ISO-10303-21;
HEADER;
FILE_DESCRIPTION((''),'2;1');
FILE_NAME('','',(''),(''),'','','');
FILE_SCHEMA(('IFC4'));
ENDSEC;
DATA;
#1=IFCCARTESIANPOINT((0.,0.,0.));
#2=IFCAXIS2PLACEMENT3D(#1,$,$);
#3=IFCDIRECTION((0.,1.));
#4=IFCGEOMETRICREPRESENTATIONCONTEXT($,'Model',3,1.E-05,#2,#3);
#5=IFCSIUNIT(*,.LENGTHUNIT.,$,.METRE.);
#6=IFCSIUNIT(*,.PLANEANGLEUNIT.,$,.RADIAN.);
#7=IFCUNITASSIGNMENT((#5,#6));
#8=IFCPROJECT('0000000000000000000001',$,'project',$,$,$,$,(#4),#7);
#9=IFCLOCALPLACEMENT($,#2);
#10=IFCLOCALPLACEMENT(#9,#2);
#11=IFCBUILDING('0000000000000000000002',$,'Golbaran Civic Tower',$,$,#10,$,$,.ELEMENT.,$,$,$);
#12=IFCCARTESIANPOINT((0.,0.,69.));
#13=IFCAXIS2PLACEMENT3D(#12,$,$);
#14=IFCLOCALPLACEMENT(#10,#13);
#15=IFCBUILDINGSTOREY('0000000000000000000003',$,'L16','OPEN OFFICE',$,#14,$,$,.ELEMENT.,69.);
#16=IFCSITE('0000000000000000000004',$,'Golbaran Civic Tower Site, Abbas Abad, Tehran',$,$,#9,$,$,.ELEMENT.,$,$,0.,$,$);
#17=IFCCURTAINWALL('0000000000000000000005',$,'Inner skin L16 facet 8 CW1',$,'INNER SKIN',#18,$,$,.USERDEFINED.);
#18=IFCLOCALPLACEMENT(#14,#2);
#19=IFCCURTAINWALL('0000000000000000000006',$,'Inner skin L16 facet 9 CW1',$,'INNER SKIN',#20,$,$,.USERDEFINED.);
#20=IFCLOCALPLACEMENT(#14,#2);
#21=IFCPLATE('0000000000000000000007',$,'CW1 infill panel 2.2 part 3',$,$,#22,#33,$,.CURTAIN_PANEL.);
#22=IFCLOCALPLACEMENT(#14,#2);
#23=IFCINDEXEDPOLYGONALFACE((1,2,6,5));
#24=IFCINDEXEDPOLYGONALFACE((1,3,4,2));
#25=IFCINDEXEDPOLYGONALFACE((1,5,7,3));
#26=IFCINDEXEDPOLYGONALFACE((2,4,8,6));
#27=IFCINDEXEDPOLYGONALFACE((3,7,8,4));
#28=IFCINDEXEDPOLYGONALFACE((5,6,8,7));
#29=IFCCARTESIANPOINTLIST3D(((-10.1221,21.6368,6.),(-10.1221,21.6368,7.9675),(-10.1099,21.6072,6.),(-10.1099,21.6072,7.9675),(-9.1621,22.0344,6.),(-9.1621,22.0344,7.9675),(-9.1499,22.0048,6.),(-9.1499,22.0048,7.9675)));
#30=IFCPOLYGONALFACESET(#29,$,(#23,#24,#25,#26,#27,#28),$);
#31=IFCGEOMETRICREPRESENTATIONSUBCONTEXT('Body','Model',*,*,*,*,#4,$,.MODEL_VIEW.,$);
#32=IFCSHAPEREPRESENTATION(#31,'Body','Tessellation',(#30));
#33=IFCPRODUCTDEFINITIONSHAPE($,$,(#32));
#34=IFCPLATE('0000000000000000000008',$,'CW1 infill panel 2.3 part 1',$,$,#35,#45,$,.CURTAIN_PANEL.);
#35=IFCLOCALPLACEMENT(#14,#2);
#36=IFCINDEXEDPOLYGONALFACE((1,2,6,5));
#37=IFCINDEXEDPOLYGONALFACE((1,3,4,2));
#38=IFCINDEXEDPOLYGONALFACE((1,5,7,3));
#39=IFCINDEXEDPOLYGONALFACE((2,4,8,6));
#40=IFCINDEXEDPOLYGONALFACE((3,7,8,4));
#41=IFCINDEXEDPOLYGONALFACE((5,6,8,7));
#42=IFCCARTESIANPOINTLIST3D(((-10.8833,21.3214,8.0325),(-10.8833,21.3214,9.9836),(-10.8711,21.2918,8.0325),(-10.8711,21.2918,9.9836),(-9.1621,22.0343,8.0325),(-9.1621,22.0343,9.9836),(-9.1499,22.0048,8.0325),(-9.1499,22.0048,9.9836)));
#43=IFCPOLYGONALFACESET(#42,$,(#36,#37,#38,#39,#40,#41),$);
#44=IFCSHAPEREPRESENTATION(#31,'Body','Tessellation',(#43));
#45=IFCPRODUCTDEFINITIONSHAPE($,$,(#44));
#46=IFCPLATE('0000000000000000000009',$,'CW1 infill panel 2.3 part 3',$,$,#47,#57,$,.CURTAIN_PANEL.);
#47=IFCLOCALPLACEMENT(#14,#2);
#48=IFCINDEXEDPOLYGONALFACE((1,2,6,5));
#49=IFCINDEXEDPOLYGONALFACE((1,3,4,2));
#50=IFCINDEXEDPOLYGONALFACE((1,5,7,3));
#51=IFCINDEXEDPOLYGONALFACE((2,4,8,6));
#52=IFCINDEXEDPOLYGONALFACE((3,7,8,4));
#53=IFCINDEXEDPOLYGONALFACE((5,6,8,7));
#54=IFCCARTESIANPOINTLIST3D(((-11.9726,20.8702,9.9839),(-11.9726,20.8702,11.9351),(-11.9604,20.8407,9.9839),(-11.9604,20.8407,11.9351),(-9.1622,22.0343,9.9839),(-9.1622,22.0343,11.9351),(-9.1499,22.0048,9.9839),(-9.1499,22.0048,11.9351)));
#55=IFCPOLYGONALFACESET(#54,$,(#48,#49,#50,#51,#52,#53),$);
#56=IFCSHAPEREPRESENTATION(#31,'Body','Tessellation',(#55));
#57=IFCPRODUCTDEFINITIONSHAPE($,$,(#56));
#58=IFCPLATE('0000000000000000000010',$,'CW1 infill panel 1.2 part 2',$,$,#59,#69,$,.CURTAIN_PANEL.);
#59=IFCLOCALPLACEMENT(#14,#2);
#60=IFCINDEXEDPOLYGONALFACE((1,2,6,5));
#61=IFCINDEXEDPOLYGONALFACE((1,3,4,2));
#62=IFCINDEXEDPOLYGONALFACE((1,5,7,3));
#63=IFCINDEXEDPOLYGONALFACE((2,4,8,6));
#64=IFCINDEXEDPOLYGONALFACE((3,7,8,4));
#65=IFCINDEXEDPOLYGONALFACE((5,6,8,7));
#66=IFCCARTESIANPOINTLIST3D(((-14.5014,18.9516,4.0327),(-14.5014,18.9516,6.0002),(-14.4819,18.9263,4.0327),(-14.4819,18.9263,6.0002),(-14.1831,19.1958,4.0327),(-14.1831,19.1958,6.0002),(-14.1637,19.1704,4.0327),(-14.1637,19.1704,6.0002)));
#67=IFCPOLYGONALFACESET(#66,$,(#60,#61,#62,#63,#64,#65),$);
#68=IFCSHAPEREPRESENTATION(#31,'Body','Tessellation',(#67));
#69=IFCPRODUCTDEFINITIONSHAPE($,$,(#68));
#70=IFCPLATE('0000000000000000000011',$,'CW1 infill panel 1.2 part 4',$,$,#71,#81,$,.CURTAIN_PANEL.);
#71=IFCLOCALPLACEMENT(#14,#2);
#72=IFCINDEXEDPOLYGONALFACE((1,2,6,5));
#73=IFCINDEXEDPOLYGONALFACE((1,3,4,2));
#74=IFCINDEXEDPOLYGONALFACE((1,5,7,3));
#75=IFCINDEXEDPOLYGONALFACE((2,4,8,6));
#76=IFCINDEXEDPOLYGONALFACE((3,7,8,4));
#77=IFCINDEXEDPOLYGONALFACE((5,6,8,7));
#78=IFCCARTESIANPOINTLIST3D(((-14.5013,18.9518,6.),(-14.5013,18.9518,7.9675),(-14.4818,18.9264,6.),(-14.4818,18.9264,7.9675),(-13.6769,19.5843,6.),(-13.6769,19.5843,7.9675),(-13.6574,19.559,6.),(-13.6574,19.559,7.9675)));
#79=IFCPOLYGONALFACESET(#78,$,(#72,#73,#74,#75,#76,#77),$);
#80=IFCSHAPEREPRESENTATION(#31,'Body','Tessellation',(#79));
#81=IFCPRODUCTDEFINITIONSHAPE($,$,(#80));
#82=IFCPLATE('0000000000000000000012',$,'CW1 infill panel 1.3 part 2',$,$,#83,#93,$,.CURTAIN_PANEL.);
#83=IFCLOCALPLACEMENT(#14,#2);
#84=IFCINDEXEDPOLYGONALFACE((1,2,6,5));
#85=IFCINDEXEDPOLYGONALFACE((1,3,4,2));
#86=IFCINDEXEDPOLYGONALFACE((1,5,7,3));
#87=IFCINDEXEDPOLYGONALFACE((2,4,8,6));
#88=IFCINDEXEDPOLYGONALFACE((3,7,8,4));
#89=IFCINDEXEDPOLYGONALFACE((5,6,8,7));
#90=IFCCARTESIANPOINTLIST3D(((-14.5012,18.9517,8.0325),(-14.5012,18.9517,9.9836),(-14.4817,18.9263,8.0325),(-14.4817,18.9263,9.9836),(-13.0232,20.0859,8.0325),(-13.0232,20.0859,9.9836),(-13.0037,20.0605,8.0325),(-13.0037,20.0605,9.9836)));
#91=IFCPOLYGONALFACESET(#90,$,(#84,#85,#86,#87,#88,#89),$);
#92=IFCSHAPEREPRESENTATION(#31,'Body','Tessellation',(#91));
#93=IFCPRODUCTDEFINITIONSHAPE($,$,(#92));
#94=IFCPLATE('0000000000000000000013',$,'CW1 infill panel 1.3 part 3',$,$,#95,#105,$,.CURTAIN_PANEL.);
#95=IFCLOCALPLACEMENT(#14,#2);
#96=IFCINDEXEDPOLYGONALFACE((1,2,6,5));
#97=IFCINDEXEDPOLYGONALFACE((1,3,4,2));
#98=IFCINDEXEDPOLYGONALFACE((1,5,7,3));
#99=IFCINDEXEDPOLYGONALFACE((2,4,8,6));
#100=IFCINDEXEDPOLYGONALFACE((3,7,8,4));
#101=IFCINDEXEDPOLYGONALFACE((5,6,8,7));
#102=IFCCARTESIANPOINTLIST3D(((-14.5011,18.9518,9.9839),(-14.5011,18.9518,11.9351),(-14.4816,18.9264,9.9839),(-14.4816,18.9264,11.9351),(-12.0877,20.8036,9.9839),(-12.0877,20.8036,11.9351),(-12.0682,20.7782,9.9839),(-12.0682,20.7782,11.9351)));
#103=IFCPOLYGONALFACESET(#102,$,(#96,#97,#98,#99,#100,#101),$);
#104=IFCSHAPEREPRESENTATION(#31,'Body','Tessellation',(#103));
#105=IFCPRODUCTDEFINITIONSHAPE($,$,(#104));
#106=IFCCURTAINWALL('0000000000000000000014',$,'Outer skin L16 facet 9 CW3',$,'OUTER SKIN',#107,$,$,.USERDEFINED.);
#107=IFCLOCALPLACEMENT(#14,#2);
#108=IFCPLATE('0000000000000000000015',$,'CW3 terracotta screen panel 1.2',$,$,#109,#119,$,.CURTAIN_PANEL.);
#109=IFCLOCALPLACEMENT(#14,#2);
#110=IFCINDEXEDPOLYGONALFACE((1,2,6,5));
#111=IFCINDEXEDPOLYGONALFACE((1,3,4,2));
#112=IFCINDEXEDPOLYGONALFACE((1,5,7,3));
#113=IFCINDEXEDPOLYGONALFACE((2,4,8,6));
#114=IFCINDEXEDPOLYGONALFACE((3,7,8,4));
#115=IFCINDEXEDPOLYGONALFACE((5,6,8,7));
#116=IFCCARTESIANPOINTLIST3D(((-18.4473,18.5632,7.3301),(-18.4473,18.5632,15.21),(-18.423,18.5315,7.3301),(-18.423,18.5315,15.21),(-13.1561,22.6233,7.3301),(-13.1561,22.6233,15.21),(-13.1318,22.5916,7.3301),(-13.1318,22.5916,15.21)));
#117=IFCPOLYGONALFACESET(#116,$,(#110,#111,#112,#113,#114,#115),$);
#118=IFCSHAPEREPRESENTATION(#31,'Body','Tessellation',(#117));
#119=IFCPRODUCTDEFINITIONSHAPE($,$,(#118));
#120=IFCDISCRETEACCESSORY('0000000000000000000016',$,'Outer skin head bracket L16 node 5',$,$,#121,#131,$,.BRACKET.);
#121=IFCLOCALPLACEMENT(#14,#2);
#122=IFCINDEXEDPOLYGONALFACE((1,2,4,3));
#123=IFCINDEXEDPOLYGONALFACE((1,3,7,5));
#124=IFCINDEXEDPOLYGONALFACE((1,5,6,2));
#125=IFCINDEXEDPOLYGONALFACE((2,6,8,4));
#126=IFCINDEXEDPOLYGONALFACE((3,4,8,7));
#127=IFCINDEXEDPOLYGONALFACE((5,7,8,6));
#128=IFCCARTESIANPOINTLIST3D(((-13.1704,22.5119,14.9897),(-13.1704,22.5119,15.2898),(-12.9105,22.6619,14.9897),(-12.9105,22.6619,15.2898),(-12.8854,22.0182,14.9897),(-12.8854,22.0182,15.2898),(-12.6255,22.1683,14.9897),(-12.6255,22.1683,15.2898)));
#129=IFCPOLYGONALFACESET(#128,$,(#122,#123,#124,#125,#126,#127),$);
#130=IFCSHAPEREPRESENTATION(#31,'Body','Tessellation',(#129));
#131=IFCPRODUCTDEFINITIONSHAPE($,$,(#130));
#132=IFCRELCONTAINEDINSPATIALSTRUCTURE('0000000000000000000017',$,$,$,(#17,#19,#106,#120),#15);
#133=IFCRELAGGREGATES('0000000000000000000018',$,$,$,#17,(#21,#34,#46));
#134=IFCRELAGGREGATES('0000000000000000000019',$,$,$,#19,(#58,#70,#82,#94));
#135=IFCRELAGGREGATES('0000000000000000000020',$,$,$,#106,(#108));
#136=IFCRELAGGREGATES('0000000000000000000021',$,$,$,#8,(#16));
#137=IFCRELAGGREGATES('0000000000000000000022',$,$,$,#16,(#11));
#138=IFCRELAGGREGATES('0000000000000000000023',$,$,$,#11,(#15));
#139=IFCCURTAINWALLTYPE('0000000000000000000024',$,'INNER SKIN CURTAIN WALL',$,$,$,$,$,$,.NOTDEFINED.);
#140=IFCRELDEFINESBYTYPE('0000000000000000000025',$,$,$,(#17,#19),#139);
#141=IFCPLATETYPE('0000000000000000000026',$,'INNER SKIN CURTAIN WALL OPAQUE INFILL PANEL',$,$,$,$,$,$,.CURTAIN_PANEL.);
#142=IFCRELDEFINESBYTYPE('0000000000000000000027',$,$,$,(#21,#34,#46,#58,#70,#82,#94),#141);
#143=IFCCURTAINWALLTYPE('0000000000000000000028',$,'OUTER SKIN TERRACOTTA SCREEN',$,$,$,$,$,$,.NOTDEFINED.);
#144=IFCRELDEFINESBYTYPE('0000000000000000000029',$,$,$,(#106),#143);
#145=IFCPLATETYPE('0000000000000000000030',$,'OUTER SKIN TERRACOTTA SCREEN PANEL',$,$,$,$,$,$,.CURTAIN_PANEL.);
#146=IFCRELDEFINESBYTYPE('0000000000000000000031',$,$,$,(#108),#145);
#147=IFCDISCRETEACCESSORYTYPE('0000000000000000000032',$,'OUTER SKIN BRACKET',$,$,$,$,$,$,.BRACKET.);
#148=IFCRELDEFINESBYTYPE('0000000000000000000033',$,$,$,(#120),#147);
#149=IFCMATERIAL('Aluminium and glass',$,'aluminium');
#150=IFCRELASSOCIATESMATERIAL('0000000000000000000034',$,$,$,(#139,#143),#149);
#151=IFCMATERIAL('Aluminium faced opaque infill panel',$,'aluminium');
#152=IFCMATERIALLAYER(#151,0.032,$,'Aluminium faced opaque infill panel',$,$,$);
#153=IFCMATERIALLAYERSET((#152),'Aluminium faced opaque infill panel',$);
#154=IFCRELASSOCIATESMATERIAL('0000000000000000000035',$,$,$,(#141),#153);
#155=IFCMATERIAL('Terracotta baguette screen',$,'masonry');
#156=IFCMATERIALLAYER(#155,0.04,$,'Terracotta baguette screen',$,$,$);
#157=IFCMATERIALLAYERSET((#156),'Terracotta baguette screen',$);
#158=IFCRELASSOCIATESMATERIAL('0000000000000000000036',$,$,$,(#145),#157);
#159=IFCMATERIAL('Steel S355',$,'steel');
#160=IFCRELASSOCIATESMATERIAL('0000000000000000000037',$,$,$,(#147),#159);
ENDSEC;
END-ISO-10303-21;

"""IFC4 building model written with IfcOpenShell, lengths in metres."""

from ifc_helpers import new_model, si_unit, direction, frame, origin, origin_2d, place, context, subcontext, project, spatial, rectangle, extrude, material, layer, layer_set, type_object, element, aggregate, save


model = new_model("IFC4")

# Units and contexts
model_context = context("Model", 3, precision=1e-05, world=origin(), true_north=direction((0.0, 1.0)))
body_context = subcontext(model_context, "Body", "Model", "MODEL_VIEW")
ifc_project = project(units=[si_unit("LENGTHUNIT", "METRE"), si_unit("PLANEANGLEUNIT", "RADIAN")], contexts=[model_context])

# Site, building, storey
site_placement = place(None, origin())
site = spatial("IfcSite", under=ifc_project, at=site_placement, Name="Golbaran Civic Tower Site, Abbas Abad, Tehran", CompositionType="ELEMENT", RefElevation=0.0)
building_placement = place(site_placement, origin())
building = spatial("IfcBuilding", under=site, at=building_placement, Name="Golbaran Civic Tower", CompositionType="ELEMENT")
storey_placement = place(building_placement, frame((0.0, 0.0, 69.0)))
storey = spatial("IfcBuildingStorey", under=building, at=storey_placement, Name="L16", Description="OPEN OFFICE", CompositionType="ELEMENT", Elevation=69.0)

# Curtain walls
ifc_material_1 = material(Name="Aluminium and glass", Category="aluminium")
curtain_wall_type_1 = type_object("IfcCurtainWallType", Name="INNER SKIN CURTAIN WALL", PredefinedType="NOTDEFINED", material=ifc_material_1)
curtain_wall_1_placement = place(storey_placement, origin())
curtain_wall_1 = element("IfcCurtainWall", 1, at=curtain_wall_1_placement, inside=storey, type_object=curtain_wall_type_1, Name="Inner skin L16 facet 8 CW1", ObjectType="INNER SKIN", PredefinedType="USERDEFINED")
curtain_wall_2_placement = place(storey_placement, origin())
curtain_wall_2 = element("IfcCurtainWall", 2, at=curtain_wall_2_placement, inside=storey, type_object=curtain_wall_type_1, Name="Inner skin L16 facet 9 CW1", ObjectType="INNER SKIN", PredefinedType="USERDEFINED")

# Plates
ifc_material_2 = material(Name="Aluminium faced opaque infill panel", Category="aluminium")
ifc_layer_1 = layer(ifc_material_2, 0.032, Name="Aluminium faced opaque infill panel")
ifc_layer_set_1 = layer_set([ifc_layer_1], Name="Aluminium faced opaque infill panel")
plate_type_1 = type_object("IfcPlateType", Name="INNER SKIN CURTAIN WALL OPAQUE INFILL PANEL", PredefinedType="CURTAIN_PANEL", material=ifc_layer_set_1)
plate_1_placement = place(storey_placement, frame((-9.636, 21.8208, 6.0), z_axis=(0.0, 0.0, 1.0), x_axis=(-0.92388, -0.382683, 0.0)))
plate_1 = element("IfcPlate", 3, at=plate_1_placement, type_object=plate_type_1, Name="CW1 infill panel 2.2 part 3", PredefinedType="CURTAIN_PANEL", context=body_context, shape_type="SweptSolid", body=[
    extrude(rectangle(XDim=1.0391, YDim=0.032, at=origin_2d()), origin(), (0.0, 0.0, 1.0), 1.9675),
])
plate_2_placement = place(storey_placement, frame((-10.0166, 21.6631, 8.0325), z_axis=(0.0, 0.0, 1.0), x_axis=(-0.92388, -0.382683, 0.0)))
plate_2 = element("IfcPlate", 4, at=plate_2_placement, type_object=plate_type_1, Name="CW1 infill panel 2.3 part 1", PredefinedType="CURTAIN_PANEL", context=body_context, shape_type="SweptSolid", body=[
    extrude(rectangle(XDim=1.863, YDim=0.032, at=origin_2d()), origin(), (0.0, 0.0, 1.0), 1.9512),
])
plate_3_placement = place(storey_placement, frame((-10.5613, 21.4375, 9.9839), z_axis=(0.0, 0.0, 1.0), x_axis=(-0.92388, -0.382683, 0.0)))
plate_3 = element("IfcPlate", 5, at=plate_3_placement, type_object=plate_type_1, Name="CW1 infill panel 2.3 part 3", PredefinedType="CURTAIN_PANEL", context=body_context, shape_type="SweptSolid", body=[
    extrude(rectangle(XDim=3.042, YDim=0.032, at=origin_2d()), origin(), (0.0, 0.0, 1.0), 1.9512),
])
aggregate(curtain_wall_1, [plate_1, plate_2, plate_3])
plate_4_placement = place(storey_placement, frame((-14.3325, 19.061, 4.0327), z_axis=(0.0, 0.0, 1.0), x_axis=(-0.793353, -0.608761, 0.0)))
plate_4 = element("IfcPlate", 6, at=plate_4_placement, type_object=plate_type_1, Name="CW1 infill panel 1.2 part 2", PredefinedType="CURTAIN_PANEL", context=body_context, shape_type="SweptSolid", body=[
    extrude(rectangle(XDim=0.4011, YDim=0.032, at=origin_2d()), origin(), (0.0, 0.0, 1.0), 1.9675),
])
plate_5_placement = place(storey_placement, frame((-14.0793, 19.2554, 6.0), z_axis=(0.0, 0.0, 1.0), x_axis=(-0.793353, -0.608761, 0.0)))
plate_5 = element("IfcPlate", 7, at=plate_5_placement, type_object=plate_type_1, Name="CW1 infill panel 1.2 part 4", PredefinedType="CURTAIN_PANEL", context=body_context, shape_type="SweptSolid", body=[
    extrude(rectangle(XDim=1.0391, YDim=0.032, at=origin_2d()), origin(), (0.0, 0.0, 1.0), 1.9675),
])
plate_6_placement = place(storey_placement, frame((-13.7524, 19.5061, 8.0325), z_axis=(0.0, 0.0, 1.0), x_axis=(-0.793353, -0.608761, 0.0)))
plate_6 = element("IfcPlate", 8, at=plate_6_placement, type_object=plate_type_1, Name="CW1 infill panel 1.3 part 2", PredefinedType="CURTAIN_PANEL", context=body_context, shape_type="SweptSolid", body=[
    extrude(rectangle(XDim=1.863, YDim=0.032, at=origin_2d()), origin(), (0.0, 0.0, 1.0), 1.9512),
])
plate_7_placement = place(storey_placement, frame((-13.2847, 19.865, 9.9839), z_axis=(0.0, 0.0, 1.0), x_axis=(-0.793353, -0.608761, 0.0)))
plate_7 = element("IfcPlate", 9, at=plate_7_placement, type_object=plate_type_1, Name="CW1 infill panel 1.3 part 3", PredefinedType="CURTAIN_PANEL", context=body_context, shape_type="SweptSolid", body=[
    extrude(rectangle(XDim=3.042, YDim=0.032, at=origin_2d()), origin(), (0.0, 0.0, 1.0), 1.9512),
])
aggregate(curtain_wall_2, [plate_4, plate_5, plate_6, plate_7])

# Curtain wall, plate
curtain_wall_type_2 = type_object("IfcCurtainWallType", Name="OUTER SKIN TERRACOTTA SCREEN", PredefinedType="NOTDEFINED", material=ifc_material_1)
curtain_wall_3_placement = place(storey_placement, origin())
curtain_wall_3 = element("IfcCurtainWall", 10, at=curtain_wall_3_placement, inside=storey, type_object=curtain_wall_type_2, Name="Outer skin L16 facet 9 CW3", ObjectType="OUTER SKIN", PredefinedType="USERDEFINED")
ifc_material_3 = material(Name="Terracotta baguette screen", Category="masonry")
ifc_layer_2 = layer(ifc_material_3, 0.04, Name="Terracotta baguette screen")
ifc_layer_set_2 = layer_set([ifc_layer_2], Name="Terracotta baguette screen")
plate_type_2 = type_object("IfcPlateType", Name="OUTER SKIN TERRACOTTA SCREEN PANEL", PredefinedType="CURTAIN_PANEL", material=ifc_layer_set_2)
plate_8_placement = place(storey_placement, frame((-15.7896, 20.5774, 7.3301), z_axis=(0.0, 0.0, 1.0), x_axis=(-0.793353, -0.608761, 0.0)))
plate_8 = element("IfcPlate", 11, at=plate_8_placement, type_object=plate_type_2, Name="CW3 terracotta screen panel 1.2", PredefinedType="CURTAIN_PANEL", context=body_context, shape_type="SweptSolid", body=[
    extrude(rectangle(XDim=6.6694, YDim=0.04, at=origin_2d()), origin(), (0.0, 0.0, 1.0), 7.8799),
])
aggregate(curtain_wall_3, [plate_8])

# Discrete accessory
ifc_material_4 = material(Name="Steel S355", Category="steel")
discrete_accessory_type = type_object("IfcDiscreteAccessoryType", Name="OUTER SKIN BRACKET", PredefinedType="BRACKET", material=ifc_material_4)
discrete_accessory_placement = place(storey_placement, frame((-12.8979, 22.3401, 14.9897), z_axis=(0.0, 0.0, 1.0), x_axis=(-0.5, 0.866025, 0.0)))
element("IfcDiscreteAccessory", 12, at=discrete_accessory_placement, inside=storey, type_object=discrete_accessory_type, Name="Outer skin head bracket L16 node 5", PredefinedType="BRACKET", context=body_context, shape_type="SweptSolid", body=[
    extrude(rectangle(XDim=0.5701, YDim=0.3, at=origin_2d()), origin(), (0.0, 0.0, 1.0), 0.3),
])

save(model, "model.ifc")
